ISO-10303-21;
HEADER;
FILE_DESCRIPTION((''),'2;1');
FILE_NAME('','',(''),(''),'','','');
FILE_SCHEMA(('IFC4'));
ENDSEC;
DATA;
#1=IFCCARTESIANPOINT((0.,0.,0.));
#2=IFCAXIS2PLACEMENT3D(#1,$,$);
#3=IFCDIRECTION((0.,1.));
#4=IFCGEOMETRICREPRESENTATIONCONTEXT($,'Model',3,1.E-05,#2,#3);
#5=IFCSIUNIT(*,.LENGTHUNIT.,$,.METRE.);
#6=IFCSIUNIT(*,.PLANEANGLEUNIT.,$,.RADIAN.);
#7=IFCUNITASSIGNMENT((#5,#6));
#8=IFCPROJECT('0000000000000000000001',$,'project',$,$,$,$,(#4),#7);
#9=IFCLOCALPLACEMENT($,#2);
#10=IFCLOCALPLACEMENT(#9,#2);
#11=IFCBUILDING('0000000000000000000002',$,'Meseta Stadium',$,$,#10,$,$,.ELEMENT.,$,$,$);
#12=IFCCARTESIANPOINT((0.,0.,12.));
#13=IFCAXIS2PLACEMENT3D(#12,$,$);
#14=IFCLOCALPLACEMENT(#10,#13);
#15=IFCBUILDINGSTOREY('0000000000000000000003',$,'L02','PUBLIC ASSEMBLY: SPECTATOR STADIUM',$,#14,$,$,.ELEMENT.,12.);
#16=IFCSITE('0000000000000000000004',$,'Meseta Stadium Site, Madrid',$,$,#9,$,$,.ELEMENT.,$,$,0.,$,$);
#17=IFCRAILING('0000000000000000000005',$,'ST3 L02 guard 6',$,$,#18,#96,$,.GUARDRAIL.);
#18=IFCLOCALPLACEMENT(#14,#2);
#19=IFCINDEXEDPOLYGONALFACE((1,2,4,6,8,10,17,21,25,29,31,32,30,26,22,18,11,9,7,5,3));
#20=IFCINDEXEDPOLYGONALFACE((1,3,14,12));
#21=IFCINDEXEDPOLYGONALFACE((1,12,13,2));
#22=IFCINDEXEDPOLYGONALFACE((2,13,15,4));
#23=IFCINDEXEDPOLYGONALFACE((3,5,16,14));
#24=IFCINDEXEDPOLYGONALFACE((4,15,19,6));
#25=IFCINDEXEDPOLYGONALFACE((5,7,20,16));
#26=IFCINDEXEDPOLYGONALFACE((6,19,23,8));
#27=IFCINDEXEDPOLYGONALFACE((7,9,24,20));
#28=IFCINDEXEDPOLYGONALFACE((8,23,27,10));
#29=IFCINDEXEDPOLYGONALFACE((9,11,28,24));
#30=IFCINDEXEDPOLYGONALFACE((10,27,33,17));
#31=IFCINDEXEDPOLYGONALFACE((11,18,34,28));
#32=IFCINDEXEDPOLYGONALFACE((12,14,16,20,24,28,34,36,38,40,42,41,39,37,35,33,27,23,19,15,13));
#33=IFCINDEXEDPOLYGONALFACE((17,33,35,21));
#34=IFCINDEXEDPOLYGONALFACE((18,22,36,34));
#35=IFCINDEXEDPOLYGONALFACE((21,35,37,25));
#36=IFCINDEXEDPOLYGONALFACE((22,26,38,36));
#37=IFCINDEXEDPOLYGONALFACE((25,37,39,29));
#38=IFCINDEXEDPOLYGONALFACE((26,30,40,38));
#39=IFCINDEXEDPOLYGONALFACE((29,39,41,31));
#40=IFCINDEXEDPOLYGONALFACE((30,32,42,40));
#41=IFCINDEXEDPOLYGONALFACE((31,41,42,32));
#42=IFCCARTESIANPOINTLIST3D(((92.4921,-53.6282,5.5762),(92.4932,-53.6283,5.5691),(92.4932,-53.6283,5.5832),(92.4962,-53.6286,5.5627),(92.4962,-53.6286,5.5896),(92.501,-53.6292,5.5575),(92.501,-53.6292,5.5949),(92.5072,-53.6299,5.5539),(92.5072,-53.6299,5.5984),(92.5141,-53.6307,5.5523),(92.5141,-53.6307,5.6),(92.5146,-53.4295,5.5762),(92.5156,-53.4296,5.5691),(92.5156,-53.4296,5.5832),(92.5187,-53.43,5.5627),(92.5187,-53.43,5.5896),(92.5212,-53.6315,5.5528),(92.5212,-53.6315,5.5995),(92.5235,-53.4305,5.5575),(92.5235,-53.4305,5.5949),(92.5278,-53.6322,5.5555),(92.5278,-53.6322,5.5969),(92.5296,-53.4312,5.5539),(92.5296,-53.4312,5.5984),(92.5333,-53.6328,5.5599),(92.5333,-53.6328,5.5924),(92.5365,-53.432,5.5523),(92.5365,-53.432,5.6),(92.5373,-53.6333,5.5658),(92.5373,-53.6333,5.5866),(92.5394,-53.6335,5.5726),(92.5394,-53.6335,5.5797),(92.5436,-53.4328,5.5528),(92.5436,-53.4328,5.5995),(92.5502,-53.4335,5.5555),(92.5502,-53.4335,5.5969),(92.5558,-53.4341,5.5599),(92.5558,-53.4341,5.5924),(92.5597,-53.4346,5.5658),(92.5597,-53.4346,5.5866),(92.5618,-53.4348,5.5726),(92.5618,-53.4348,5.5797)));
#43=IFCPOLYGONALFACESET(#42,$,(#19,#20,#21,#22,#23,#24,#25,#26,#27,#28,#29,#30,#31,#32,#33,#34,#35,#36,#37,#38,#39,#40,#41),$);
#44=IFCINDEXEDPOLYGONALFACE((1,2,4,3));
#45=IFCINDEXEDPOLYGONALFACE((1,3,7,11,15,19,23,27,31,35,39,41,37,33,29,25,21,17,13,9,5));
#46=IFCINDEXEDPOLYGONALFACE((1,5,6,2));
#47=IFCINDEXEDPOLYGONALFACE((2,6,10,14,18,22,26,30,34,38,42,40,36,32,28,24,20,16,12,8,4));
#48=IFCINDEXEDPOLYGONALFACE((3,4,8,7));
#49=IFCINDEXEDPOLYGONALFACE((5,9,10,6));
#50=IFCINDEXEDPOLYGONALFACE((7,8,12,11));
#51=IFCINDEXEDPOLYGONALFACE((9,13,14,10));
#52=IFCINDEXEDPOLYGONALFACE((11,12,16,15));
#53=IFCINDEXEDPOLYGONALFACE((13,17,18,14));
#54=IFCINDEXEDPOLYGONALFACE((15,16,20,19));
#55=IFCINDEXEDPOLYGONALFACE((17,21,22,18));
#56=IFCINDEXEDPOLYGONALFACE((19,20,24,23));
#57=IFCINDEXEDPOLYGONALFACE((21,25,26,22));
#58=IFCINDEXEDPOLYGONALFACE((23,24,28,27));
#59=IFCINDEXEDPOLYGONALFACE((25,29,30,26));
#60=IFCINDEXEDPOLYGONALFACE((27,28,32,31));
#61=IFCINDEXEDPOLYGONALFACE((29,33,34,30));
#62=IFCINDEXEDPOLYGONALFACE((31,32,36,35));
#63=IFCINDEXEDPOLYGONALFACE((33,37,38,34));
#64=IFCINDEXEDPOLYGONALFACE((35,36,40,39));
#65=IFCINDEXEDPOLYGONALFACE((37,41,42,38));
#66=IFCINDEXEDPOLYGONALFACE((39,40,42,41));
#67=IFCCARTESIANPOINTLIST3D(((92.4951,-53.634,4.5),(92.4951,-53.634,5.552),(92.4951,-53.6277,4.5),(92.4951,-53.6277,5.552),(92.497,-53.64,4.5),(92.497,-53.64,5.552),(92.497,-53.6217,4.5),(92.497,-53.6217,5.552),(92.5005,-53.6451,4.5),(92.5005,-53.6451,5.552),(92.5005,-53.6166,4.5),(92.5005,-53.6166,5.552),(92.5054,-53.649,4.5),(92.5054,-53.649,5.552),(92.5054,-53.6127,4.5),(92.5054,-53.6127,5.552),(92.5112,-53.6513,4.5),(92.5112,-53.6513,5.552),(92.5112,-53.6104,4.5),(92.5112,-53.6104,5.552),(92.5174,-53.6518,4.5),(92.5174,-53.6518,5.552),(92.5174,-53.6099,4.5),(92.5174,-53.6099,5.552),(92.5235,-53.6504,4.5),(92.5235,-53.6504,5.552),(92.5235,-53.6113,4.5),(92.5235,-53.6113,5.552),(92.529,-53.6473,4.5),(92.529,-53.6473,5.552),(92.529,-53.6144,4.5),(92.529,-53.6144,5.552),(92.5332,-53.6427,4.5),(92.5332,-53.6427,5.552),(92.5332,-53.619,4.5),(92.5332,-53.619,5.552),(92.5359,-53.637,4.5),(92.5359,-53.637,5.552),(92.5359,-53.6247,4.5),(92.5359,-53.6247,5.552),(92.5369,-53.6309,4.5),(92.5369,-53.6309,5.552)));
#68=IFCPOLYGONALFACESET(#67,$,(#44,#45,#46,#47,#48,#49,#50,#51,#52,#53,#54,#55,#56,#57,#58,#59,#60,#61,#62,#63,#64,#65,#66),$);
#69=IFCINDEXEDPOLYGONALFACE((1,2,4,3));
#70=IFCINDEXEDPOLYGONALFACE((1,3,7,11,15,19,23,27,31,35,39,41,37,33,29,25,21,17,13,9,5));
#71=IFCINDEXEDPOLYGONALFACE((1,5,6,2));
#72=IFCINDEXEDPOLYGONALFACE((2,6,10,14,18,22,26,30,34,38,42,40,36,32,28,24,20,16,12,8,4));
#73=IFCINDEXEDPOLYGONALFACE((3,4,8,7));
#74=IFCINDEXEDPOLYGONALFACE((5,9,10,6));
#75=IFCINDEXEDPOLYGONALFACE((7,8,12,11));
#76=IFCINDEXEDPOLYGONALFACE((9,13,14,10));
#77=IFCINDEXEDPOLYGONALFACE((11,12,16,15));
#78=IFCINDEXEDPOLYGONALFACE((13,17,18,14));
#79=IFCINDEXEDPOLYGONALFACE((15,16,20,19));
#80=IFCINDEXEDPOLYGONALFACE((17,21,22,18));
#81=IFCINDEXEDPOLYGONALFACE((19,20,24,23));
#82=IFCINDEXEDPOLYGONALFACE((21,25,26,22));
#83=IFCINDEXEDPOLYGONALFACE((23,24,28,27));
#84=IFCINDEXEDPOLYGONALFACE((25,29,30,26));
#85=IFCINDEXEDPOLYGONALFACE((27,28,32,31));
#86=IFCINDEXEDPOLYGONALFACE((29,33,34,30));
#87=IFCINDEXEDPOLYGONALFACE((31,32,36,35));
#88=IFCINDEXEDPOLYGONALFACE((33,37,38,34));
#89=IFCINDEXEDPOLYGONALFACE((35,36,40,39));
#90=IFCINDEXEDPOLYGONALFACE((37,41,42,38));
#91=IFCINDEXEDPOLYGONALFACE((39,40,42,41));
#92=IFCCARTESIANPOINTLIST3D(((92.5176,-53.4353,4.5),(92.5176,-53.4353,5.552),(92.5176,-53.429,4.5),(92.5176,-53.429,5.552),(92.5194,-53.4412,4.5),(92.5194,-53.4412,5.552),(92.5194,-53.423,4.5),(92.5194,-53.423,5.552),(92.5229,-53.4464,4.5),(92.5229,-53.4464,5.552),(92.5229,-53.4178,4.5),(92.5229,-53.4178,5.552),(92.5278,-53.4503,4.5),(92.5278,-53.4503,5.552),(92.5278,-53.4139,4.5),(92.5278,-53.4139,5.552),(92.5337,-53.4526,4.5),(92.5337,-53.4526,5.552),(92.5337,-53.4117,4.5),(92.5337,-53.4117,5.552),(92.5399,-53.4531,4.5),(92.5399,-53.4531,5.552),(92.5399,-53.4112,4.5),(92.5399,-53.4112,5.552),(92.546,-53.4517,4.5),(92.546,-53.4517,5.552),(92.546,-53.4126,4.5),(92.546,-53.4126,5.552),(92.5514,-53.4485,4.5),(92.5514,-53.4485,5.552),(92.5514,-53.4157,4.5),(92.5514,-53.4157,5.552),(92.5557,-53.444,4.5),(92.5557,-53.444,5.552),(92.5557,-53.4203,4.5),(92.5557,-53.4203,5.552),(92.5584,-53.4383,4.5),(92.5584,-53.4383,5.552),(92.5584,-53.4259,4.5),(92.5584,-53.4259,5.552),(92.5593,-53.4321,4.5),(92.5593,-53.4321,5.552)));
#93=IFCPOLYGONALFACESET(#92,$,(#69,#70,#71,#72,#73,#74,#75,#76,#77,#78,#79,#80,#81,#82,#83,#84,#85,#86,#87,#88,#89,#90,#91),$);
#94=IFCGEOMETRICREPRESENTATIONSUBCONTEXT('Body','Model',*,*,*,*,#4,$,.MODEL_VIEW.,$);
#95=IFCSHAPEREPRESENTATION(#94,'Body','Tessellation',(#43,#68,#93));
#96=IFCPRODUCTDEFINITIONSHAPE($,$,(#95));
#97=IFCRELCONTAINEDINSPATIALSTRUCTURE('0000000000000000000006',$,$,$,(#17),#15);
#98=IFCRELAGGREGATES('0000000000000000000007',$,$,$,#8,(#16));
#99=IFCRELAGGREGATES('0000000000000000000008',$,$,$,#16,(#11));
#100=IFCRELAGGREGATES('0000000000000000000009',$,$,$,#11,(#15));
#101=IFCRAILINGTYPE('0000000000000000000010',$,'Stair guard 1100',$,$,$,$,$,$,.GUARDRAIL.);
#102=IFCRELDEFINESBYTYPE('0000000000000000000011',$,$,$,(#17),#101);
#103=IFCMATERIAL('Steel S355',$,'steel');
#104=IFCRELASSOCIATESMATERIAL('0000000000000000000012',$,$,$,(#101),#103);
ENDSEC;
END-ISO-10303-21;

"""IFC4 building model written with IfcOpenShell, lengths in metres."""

from ifc_helpers import new_model, si_unit, direction, frame, origin, origin_2d, place, context, subcontext, project, spatial, circle, extrude, material, type_object, element, save


model = new_model("IFC4")

# Units and contexts
model_context = context("Model", 3, precision=1e-05, world=origin(), true_north=direction((0.0, 1.0)))
body_context = subcontext(model_context, "Body", "Model", "MODEL_VIEW")
ifc_project = project(units=[si_unit("LENGTHUNIT", "METRE"), si_unit("PLANEANGLEUNIT", "RADIAN")], contexts=[model_context])

# Site, building, storey
site_placement = place(None, origin())
site = spatial("IfcSite", under=ifc_project, at=site_placement, Name="Meseta Stadium Site, Madrid", CompositionType="ELEMENT", RefElevation=0.0)
building_placement = place(site_placement, origin())
building = spatial("IfcBuilding", under=site, at=building_placement, Name="Meseta Stadium", CompositionType="ELEMENT")
storey_placement = place(building_placement, frame((0.0, 0.0, 12.0)))
storey = spatial("IfcBuildingStorey", under=building, at=storey_placement, Name="L02", Description="PUBLIC ASSEMBLY: SPECTATOR STADIUM", CompositionType="ELEMENT", Elevation=12.0)

# Railing
ifc_material_1 = material(Name="Steel S355", Category="steel")
railing_type_1 = type_object("IfcRailingType", Name="Stair guard 1100", PredefinedType="GUARDRAIL", material=ifc_material_1)
railing_1_placement = place(storey_placement, frame((92.5159, -53.6309, 4.5)))
element("IfcRailing", 1, at=railing_1_placement, inside=storey, type_object=railing_type_1, Name="ST3 L02 guard 6", PredefinedType="GUARDRAIL", context=body_context, shape_type="SweptSolid", body=[
    extrude(circle(Radius=0.0239, at=origin_2d()), frame((0.0, 0.0, 1.0762), z_axis=(0.112307, 0.993674, 0.0), x_axis=(-0.993674, 0.112307, 0.0)), (0.0, 0.0, 1.0), 0.2),
    extrude(circle(Radius=0.021, at=origin_2d()), origin(), (0.0, 0.0, 1.0), 1.052),
    extrude(circle(Radius=0.021, at=origin_2d()), frame((0.0225, 0.1987, 0.0)), (0.0, 0.0, 1.0), 1.052),
])

save(model, "model.ifc")
